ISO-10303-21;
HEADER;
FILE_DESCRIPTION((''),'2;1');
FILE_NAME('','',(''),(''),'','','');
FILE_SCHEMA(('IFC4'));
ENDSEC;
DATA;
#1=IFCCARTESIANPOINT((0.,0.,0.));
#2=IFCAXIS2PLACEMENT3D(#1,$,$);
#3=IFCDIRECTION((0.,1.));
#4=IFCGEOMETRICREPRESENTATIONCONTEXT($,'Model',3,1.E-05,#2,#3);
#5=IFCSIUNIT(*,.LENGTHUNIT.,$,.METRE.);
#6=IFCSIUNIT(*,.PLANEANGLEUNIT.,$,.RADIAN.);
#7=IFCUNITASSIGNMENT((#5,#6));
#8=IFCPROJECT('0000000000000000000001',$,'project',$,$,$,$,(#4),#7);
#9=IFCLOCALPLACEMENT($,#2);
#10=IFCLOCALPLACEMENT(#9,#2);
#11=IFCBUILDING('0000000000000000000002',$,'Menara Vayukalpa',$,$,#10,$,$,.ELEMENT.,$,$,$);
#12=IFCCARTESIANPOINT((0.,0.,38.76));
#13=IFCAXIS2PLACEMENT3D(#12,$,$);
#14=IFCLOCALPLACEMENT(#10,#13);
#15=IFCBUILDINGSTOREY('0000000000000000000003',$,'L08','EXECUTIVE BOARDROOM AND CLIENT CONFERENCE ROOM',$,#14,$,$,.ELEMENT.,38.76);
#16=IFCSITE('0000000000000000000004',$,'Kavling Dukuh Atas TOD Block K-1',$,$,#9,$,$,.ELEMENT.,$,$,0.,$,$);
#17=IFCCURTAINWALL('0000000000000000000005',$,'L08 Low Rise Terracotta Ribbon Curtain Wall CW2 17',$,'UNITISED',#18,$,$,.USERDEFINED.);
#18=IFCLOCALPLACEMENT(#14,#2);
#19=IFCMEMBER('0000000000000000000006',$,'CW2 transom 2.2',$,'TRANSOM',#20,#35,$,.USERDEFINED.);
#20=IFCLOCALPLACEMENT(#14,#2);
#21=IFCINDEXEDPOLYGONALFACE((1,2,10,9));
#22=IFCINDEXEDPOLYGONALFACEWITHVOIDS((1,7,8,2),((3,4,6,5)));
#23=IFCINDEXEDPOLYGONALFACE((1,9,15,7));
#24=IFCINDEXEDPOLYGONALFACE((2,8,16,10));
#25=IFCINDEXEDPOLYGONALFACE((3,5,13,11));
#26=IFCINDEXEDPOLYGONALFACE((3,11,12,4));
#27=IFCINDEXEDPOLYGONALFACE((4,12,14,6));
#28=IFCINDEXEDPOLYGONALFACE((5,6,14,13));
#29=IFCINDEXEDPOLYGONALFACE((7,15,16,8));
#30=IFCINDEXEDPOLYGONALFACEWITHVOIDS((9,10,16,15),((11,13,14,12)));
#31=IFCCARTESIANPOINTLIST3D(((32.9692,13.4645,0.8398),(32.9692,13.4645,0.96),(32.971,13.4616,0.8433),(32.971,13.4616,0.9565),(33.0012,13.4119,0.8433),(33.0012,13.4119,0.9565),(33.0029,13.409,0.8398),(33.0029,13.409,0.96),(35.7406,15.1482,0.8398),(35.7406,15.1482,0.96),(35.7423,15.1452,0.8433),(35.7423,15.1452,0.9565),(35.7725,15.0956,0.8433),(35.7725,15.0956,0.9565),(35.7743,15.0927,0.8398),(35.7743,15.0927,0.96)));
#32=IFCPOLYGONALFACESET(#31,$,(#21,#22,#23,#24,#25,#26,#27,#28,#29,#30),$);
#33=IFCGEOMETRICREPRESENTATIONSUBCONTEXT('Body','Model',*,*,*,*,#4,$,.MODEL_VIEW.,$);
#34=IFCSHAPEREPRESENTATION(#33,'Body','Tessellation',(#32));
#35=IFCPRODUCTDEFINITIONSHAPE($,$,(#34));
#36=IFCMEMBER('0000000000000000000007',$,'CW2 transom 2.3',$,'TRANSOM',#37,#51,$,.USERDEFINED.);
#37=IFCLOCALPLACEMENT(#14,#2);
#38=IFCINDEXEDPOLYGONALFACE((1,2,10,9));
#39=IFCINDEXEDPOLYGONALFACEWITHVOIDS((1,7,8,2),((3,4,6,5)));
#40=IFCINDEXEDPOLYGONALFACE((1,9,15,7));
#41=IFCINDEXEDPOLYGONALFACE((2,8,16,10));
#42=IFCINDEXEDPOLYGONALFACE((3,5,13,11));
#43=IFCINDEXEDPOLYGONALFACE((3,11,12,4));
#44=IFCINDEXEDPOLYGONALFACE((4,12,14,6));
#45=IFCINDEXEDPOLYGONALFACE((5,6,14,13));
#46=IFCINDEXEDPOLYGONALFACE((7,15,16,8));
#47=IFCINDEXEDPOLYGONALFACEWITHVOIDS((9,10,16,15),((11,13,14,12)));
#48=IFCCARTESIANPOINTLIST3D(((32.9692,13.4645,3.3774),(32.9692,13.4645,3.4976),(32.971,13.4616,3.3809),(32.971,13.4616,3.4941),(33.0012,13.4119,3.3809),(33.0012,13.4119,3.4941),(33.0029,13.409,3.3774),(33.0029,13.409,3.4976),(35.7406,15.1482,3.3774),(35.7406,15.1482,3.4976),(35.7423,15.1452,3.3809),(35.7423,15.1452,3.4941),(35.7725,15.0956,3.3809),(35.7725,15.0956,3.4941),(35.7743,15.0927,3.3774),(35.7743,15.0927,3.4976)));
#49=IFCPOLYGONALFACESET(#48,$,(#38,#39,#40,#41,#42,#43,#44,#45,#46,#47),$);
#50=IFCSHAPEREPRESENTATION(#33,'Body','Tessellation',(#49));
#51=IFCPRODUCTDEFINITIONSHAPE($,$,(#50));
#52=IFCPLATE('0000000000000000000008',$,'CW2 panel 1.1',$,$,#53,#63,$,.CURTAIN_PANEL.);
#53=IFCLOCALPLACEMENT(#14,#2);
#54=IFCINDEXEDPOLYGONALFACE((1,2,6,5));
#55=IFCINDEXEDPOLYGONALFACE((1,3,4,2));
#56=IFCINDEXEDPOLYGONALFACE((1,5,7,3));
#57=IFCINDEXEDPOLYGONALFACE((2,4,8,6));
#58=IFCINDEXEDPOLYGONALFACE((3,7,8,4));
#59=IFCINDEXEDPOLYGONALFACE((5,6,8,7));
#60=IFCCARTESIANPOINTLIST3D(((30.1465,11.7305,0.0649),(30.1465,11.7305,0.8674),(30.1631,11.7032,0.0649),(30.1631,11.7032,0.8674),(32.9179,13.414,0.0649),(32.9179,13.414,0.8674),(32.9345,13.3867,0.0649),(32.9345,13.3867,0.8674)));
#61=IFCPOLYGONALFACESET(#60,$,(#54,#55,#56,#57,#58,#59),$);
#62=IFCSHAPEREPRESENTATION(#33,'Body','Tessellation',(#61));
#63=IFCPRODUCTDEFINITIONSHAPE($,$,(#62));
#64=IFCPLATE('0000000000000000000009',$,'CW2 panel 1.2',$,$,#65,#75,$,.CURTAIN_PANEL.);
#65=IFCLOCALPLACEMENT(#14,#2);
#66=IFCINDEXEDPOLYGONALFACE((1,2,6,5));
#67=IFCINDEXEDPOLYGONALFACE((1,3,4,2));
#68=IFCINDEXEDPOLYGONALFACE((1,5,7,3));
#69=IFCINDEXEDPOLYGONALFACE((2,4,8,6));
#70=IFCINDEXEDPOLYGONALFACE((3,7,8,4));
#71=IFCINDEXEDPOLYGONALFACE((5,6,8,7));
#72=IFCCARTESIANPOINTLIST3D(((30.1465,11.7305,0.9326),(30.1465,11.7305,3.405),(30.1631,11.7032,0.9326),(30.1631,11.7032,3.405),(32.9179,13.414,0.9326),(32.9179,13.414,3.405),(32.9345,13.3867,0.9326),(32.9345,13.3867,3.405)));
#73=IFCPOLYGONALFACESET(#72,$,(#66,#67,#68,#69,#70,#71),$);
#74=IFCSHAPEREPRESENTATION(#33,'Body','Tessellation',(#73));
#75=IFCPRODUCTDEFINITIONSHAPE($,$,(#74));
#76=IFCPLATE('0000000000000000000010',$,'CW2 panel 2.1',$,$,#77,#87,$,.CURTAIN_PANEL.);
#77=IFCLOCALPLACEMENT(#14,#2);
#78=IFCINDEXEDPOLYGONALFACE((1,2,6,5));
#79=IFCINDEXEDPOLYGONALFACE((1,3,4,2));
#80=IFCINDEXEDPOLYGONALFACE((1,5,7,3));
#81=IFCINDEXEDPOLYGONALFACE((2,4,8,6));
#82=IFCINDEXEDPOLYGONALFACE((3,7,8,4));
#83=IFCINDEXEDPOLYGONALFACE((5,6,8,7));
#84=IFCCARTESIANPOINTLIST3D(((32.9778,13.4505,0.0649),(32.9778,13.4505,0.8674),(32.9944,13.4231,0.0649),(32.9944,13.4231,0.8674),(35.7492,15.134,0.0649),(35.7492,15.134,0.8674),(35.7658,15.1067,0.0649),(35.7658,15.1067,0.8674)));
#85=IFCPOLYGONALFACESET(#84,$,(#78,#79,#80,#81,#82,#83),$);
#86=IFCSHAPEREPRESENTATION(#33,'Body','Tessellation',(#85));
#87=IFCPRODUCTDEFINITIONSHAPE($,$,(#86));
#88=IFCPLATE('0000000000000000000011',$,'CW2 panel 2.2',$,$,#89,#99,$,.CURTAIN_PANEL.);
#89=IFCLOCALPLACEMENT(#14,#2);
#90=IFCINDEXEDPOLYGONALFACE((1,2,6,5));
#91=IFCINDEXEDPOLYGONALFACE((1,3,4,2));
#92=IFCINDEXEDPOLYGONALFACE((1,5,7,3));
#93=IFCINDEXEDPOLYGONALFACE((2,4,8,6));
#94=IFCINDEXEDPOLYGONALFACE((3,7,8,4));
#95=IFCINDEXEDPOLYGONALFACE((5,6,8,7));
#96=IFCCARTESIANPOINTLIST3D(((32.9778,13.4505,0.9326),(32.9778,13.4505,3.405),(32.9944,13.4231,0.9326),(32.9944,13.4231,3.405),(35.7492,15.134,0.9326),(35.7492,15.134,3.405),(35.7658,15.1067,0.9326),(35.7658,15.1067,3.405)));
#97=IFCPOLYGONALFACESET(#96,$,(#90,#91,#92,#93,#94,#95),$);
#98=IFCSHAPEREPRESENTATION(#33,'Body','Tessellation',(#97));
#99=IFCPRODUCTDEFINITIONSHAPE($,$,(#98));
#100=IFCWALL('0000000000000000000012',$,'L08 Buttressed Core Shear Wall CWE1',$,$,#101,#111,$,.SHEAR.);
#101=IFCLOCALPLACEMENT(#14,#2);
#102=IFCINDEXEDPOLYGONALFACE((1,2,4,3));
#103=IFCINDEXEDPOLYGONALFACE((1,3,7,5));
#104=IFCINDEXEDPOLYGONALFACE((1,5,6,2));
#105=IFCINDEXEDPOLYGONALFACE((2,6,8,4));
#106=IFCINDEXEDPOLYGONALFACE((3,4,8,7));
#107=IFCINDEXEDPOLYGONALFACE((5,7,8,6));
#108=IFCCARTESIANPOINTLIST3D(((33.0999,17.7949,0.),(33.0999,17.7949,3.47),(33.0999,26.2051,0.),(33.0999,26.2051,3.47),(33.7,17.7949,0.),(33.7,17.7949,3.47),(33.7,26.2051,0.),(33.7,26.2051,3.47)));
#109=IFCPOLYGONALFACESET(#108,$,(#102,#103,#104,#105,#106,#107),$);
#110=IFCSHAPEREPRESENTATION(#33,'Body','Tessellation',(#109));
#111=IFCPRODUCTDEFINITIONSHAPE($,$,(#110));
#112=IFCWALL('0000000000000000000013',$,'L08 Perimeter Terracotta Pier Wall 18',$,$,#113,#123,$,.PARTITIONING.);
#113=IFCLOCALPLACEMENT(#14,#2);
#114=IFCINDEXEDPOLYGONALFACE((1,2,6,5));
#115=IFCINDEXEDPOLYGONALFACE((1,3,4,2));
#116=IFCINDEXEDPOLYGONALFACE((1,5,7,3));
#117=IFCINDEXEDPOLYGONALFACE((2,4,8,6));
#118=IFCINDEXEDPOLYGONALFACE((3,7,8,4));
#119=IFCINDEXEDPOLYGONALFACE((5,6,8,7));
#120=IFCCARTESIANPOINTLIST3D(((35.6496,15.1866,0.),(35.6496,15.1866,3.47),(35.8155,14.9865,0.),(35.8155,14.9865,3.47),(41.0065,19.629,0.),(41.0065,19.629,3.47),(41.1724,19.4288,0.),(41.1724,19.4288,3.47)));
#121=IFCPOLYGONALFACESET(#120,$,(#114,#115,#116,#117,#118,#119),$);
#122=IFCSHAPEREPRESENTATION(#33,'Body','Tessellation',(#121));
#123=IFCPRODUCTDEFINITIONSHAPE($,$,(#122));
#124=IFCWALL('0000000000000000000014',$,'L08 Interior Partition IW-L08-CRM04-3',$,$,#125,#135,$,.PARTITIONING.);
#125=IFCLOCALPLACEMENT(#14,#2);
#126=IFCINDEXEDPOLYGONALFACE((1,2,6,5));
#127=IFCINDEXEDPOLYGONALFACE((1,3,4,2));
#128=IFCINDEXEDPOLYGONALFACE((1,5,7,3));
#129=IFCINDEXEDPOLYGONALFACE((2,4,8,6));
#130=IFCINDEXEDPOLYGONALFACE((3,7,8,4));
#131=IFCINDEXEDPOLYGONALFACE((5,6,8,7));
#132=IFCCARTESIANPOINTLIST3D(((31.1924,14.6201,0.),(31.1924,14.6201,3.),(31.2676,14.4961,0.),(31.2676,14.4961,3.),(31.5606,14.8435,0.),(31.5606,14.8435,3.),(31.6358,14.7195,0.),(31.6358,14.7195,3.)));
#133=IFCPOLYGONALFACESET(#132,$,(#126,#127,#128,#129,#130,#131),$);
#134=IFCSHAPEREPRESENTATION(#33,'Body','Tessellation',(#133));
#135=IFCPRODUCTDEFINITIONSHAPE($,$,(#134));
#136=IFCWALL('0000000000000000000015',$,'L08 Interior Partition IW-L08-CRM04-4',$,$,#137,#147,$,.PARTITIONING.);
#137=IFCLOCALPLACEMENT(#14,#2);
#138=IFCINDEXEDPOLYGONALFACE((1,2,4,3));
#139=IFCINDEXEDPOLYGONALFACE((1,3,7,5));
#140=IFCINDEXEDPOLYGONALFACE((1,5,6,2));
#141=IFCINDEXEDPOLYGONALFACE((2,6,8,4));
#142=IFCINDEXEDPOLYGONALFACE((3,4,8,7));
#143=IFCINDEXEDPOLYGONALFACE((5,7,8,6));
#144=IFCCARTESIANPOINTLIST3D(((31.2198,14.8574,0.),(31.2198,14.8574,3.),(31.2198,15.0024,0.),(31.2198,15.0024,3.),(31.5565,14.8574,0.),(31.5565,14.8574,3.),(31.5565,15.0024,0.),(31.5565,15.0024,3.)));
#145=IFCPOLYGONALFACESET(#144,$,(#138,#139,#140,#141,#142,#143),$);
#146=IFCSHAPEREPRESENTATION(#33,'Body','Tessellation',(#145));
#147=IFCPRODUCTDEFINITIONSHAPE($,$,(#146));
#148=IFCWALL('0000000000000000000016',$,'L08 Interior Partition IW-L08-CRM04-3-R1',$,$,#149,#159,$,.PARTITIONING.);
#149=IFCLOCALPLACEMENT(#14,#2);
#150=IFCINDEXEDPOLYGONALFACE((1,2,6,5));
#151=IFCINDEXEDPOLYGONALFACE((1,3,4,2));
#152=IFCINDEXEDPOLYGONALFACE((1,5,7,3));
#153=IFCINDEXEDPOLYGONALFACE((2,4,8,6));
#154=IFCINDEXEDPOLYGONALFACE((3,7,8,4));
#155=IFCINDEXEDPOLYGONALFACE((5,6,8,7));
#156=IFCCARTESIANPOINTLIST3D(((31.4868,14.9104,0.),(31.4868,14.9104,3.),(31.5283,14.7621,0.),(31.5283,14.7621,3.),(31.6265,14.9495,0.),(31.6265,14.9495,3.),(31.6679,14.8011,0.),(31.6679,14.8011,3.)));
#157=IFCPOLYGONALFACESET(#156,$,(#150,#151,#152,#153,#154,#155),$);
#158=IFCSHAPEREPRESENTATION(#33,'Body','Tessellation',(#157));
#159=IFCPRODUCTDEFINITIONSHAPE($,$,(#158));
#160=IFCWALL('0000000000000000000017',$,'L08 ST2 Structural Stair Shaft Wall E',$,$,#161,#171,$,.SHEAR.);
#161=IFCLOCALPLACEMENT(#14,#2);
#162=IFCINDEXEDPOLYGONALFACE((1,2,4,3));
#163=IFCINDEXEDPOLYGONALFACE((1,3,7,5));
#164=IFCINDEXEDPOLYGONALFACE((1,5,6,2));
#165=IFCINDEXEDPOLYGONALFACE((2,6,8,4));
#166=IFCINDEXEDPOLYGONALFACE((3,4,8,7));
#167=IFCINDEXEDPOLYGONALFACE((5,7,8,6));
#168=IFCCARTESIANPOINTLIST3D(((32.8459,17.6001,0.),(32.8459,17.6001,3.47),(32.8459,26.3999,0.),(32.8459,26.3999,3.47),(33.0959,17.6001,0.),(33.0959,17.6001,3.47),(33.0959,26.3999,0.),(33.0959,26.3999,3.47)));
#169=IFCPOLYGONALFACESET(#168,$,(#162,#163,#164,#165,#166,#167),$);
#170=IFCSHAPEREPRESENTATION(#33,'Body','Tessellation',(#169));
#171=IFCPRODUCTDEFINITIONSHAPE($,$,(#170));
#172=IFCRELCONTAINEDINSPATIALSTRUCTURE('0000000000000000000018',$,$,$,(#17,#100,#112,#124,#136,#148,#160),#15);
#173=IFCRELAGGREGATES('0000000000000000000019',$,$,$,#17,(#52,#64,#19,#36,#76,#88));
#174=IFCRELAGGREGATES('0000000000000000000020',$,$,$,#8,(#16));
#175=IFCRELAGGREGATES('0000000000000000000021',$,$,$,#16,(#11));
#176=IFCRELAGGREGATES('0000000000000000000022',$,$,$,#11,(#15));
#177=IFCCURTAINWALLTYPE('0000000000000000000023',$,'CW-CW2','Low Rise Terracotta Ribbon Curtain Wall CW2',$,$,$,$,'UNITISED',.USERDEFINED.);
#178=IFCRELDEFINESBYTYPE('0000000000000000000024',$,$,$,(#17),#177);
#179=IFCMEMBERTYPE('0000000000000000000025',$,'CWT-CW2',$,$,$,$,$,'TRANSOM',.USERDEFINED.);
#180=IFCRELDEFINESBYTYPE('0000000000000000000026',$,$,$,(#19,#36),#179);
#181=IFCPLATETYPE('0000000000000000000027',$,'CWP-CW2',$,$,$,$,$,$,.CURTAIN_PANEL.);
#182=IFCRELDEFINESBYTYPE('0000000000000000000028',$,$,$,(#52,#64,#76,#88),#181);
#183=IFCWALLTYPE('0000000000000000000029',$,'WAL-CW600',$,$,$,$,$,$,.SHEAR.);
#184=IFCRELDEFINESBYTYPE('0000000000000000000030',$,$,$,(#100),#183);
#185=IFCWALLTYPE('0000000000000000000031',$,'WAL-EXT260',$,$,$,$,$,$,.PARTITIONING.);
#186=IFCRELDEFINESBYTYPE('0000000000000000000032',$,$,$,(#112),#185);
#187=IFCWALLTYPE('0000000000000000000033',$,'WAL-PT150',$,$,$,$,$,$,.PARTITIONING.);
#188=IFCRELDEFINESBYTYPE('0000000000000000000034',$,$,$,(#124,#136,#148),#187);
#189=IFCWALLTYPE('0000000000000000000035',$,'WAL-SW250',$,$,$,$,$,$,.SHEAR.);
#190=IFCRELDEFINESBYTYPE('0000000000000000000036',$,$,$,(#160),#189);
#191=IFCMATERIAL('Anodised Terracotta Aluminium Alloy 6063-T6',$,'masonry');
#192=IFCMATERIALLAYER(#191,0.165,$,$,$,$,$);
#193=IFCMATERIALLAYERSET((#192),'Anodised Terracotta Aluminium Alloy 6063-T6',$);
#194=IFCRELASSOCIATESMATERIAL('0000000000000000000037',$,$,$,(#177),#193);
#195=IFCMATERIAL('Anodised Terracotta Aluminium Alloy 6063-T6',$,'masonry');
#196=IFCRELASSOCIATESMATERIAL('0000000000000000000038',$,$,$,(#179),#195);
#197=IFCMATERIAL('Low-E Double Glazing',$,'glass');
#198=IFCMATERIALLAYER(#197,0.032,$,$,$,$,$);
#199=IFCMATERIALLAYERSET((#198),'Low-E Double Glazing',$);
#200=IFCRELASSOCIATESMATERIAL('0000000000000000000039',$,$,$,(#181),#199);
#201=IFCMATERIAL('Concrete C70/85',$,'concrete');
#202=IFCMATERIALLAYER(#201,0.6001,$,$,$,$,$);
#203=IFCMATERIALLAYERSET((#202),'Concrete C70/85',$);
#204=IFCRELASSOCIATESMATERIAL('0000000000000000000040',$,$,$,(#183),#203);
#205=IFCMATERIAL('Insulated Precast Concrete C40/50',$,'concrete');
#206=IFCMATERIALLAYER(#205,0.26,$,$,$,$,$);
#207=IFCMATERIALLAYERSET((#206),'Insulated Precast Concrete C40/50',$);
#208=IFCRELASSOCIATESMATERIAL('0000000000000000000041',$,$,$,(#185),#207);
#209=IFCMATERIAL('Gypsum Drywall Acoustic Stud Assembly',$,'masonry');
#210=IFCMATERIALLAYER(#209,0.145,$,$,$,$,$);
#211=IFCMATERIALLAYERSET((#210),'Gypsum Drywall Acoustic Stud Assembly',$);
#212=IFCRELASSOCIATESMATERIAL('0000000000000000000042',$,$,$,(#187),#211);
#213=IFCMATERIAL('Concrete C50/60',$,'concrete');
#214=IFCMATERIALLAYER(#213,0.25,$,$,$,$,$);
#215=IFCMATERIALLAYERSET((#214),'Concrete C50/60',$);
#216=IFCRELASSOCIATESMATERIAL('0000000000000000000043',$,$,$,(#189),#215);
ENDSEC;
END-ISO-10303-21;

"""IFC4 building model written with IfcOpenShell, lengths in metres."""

from ifc_helpers import new_model, si_unit, direction, frame, frame_2d, origin, origin_2d, place, context, subcontext, project, spatial, rectangle, hollow_rectangle, extrude, material, layer, layer_set, material_profile, profile_set, type_object, element, aggregate, save


model = new_model("IFC4")

# Units and contexts
model_context = context("Model", 3, precision=1e-05, world=origin(), true_north=direction((0.0, 1.0)))
body_context = subcontext(model_context, "Body", "Model", "MODEL_VIEW")
ifc_project = project(units=[si_unit("LENGTHUNIT", "METRE"), si_unit("PLANEANGLEUNIT", "RADIAN")], contexts=[model_context])

# Site, building, storey
site_placement = place(None, origin())
site = spatial("IfcSite", under=ifc_project, at=site_placement, Name="Kavling Dukuh Atas TOD Block K-1", CompositionType="ELEMENT", RefElevation=0.0)
building_placement = place(site_placement, origin())
building = spatial("IfcBuilding", under=site, at=building_placement, Name="Menara Vayukalpa", CompositionType="ELEMENT")
storey_placement = place(building_placement, frame((0.0, 0.0, 38.76)))
storey = spatial("IfcBuildingStorey", under=building, at=storey_placement, Name="L08", Description="EXECUTIVE BOARDROOM AND CLIENT CONFERENCE ROOM", CompositionType="ELEMENT", Elevation=38.76)

# Curtain wall, members, plates
ifc_material_1 = material(Name="Anodised Terracotta Aluminium Alloy 6063-T6", Category="masonry")
ifc_layer_1 = layer(ifc_material_1, 0.165)
ifc_layer_set_1 = layer_set([ifc_layer_1], Name="Anodised Terracotta Aluminium Alloy 6063-T6")
curtain_wall_type = type_object("IfcCurtainWallType", Name="CW-CW2", Description="Low Rise Terracotta Ribbon Curtain Wall CW2", ElementType="UNITISED", PredefinedType="USERDEFINED", material=ifc_layer_set_1)
curtain_wall_placement = place(storey_placement, origin())
curtain_wall = element("IfcCurtainWall", 1, at=curtain_wall_placement, inside=storey, type_object=curtain_wall_type, Name="L08 Low Rise Terracotta Ribbon Curtain Wall CW2 17", ObjectType="UNITISED", PredefinedType="USERDEFINED")
ifc_material_2 = material(Name="Anodised Terracotta Aluminium Alloy 6063-T6", Category="masonry")
ifc_material_profile_1 = material_profile(ifc_material_2, hollow_rectangle(XDim=0.0649, YDim=0.1201, WallThickness=0.0034, at=origin_2d()), Name="ALU 65x120x3.5")
ifc_profile_set_1 = profile_set([ifc_material_profile_1], Name="Anodised Terracotta Aluminium Alloy 6063-T6")
member_type_1 = type_object("IfcMemberType", Name="CWT-CW2", ElementType="TRANSOM", PredefinedType="USERDEFINED", material=ifc_profile_set_1)
member_1_placement = place(storey_placement, frame((32.9861, 13.4368, 0.8999), z_axis=(0.854643, 0.519216, 0.0), x_axis=(-0.519216, 0.854643, 0.0)))
member_1 = element("IfcMember", 2, at=member_1_placement, type_object=member_type_1, Name="CW2 transom 2.2", ObjectType="TRANSOM", PredefinedType="USERDEFINED", context=body_context, shape_type="SweptSolid", body=[
    extrude(hollow_rectangle(XDim=0.0649, YDim=0.1201, WallThickness=0.0034, at=origin_2d()), origin(), (0.0, 0.0, 1.0), 3.2427),
])
member_2_placement = place(storey_placement, frame((32.9861, 13.4368, 3.4375), z_axis=(0.854643, 0.519216, 0.0), x_axis=(-0.519216, 0.854643, 0.0)))
member_2 = element("IfcMember", 3, at=member_2_placement, type_object=member_type_1, Name="CW2 transom 2.3", ObjectType="TRANSOM", PredefinedType="USERDEFINED", context=body_context, shape_type="SweptSolid", body=[
    extrude(hollow_rectangle(XDim=0.0649, YDim=0.1201, WallThickness=0.0034, at=origin_2d()), origin(), (0.0, 0.0, 1.0), 3.2427),
])
ifc_material_3 = material(Name="Low-E Double Glazing", Category="glass")
ifc_layer_2 = layer(ifc_material_3, 0.032)
ifc_layer_set_2 = layer_set([ifc_layer_2], Name="Low-E Double Glazing")
plate_type = type_object("IfcPlateType", Name="CWP-CW2", PredefinedType="CURTAIN_PANEL", material=ifc_layer_set_2)
plate_1_placement = place(storey_placement, frame((31.5405, 12.5586, 0.0649), z_axis=(0.0, 0.0, 1.0), x_axis=(0.854664, 0.519182, 0.0)))
plate_1 = element("IfcPlate", 4, at=plate_1_placement, type_object=plate_type, Name="CW2 panel 1.1", PredefinedType="CURTAIN_PANEL", context=body_context, shape_type="SweptSolid", body=[
    extrude(rectangle(XDim=3.2427, YDim=0.032, at=origin_2d()), origin(), (0.0, 0.0, 1.0), 0.8025),
])
plate_2_placement = place(storey_placement, frame((31.5405, 12.5586, 0.9326), z_axis=(0.0, 0.0, 1.0), x_axis=(0.854664, 0.519182, 0.0)))
plate_2 = element("IfcPlate", 5, at=plate_2_placement, type_object=plate_type, Name="CW2 panel 1.2", PredefinedType="CURTAIN_PANEL", context=body_context, shape_type="SweptSolid", body=[
    extrude(rectangle(XDim=3.2427, YDim=0.032, at=origin_2d()), origin(), (0.0, 0.0, 1.0), 2.4724),
])
plate_3_placement = place(storey_placement, frame((34.3718, 14.2786, 0.0649), z_axis=(0.0, 0.0, 1.0), x_axis=(0.854664, 0.519182, 0.0)))
plate_3 = element("IfcPlate", 6, at=plate_3_placement, type_object=plate_type, Name="CW2 panel 2.1", PredefinedType="CURTAIN_PANEL", context=body_context, shape_type="SweptSolid", body=[
    extrude(rectangle(XDim=3.2427, YDim=0.032, at=origin_2d()), origin(), (0.0, 0.0, 1.0), 0.8025),
])
plate_4_placement = place(storey_placement, frame((34.3718, 14.2786, 0.9326), z_axis=(0.0, 0.0, 1.0), x_axis=(0.854664, 0.519182, 0.0)))
plate_4 = element("IfcPlate", 7, at=plate_4_placement, type_object=plate_type, Name="CW2 panel 2.2", PredefinedType="CURTAIN_PANEL", context=body_context, shape_type="SweptSolid", body=[
    extrude(rectangle(XDim=3.2427, YDim=0.032, at=origin_2d()), origin(), (0.0, 0.0, 1.0), 2.4724),
])
aggregate(curtain_wall, [plate_1, plate_2, member_1, member_2, plate_3, plate_4])

# Walls
ifc_material_4 = material(Name="Concrete C70/85", Category="concrete")
ifc_layer_3 = layer(ifc_material_4, 0.6001)
ifc_layer_set_3 = layer_set([ifc_layer_3], Name="Concrete C70/85")
wall_type_1 = type_object("IfcWallType", Name="WAL-CW600", PredefinedType="SHEAR", material=ifc_layer_set_3)
wall_1_placement = place(storey_placement, frame((33.3999, 17.7949, 0.0), z_axis=(0.0, 0.0, 1.0), x_axis=(0.0, 1.0, 0.0)))
element("IfcWall", 8, at=wall_1_placement, inside=storey, type_object=wall_type_1, Name="L08 Buttressed Core Shear Wall CWE1", PredefinedType="SHEAR", context=body_context, shape_type="SweptSolid", body=[
    extrude(rectangle(XDim=8.4102, YDim=0.6001, at=frame_2d((4.2051, 0.0))), origin(), (0.0, 0.0, 1.0), 3.47),
])
ifc_material_5 = material(Name="Insulated Precast Concrete C40/50", Category="concrete")
ifc_layer_4 = layer(ifc_material_5, 0.26)
ifc_layer_set_4 = layer_set([ifc_layer_4], Name="Insulated Precast Concrete C40/50")
wall_type_2 = type_object("IfcWallType", Name="WAL-EXT260", PredefinedType="PARTITIONING", material=ifc_layer_set_4)
wall_2_placement = place(storey_placement, frame((41.0894, 19.5288, 0.0), z_axis=(0.0, 0.0, 1.0), x_axis=(-0.769755, -0.63834, 0.0)))
element("IfcWall", 9, at=wall_2_placement, inside=storey, type_object=wall_type_2, Name="L08 Perimeter Terracotta Pier Wall 18", PredefinedType="PARTITIONING", context=body_context, shape_type="SweptSolid", body=[
    extrude(rectangle(XDim=6.9592, YDim=0.26, at=frame_2d((3.4795, 0.0))), origin(), (0.0, 0.0, 1.0), 3.47),
])
ifc_material_6 = material(Name="Gypsum Drywall Acoustic Stud Assembly", Category="masonry")
ifc_layer_5 = layer(ifc_material_6, 0.145)
ifc_layer_set_5 = layer_set([ifc_layer_5], Name="Gypsum Drywall Acoustic Stud Assembly")
wall_type_3 = type_object("IfcWallType", Name="WAL-PT150", PredefinedType="PARTITIONING", material=ifc_layer_set_5)
wall_3_placement = place(storey_placement, frame((31.23, 14.5581, 0.0), z_axis=(0.0, 0.0, 1.0), x_axis=(0.854931, 0.518741, 0.0)))
element("IfcWall", 10, at=wall_3_placement, inside=storey, type_object=wall_type_3, Name="L08 Interior Partition IW-L08-CRM04-3", PredefinedType="PARTITIONING", context=body_context, shape_type="SweptSolid", body=[
    extrude(rectangle(XDim=0.4307, YDim=0.145, at=frame_2d((0.2153, 0.0))), origin(), (0.0, 0.0, 1.0), 3.0),
])
wall_4_placement = place(storey_placement, frame((31.5566, 14.9299, 0.0), z_axis=(0.0, 0.0, 1.0), x_axis=(-1.0, 0.0, 0.0)))
element("IfcWall", 11, at=wall_4_placement, inside=storey, type_object=wall_type_3, Name="L08 Interior Partition IW-L08-CRM04-4", PredefinedType="PARTITIONING", context=body_context, shape_type="SweptSolid", body=[
    extrude(rectangle(XDim=0.3367, YDim=0.145, at=frame_2d((0.1685, 0.0))), origin(), (0.0, 0.0, 1.0), 3.0),
])
wall_5_placement = place(storey_placement, frame((31.5981, 14.7815, 0.0), z_axis=(0.0, 0.0, 1.0), x_axis=(-0.269277, 0.963063, 0.0)))
element("IfcWall", 12, at=wall_5_placement, inside=storey, type_object=wall_type_3, Name="L08 Interior Partition IW-L08-CRM04-3-R1", PredefinedType="PARTITIONING", context=body_context, shape_type="SweptSolid", body=[
    extrude(rectangle(XDim=0.1541, YDim=0.145, at=frame_2d((0.0771, 0.0))), origin(), (0.0, 0.0, 1.0), 3.0),
])
ifc_material_7 = material(Name="Concrete C50/60", Category="concrete")
ifc_layer_6 = layer(ifc_material_7, 0.25)
ifc_layer_set_6 = layer_set([ifc_layer_6], Name="Concrete C50/60")
wall_type_4 = type_object("IfcWallType", Name="WAL-SW250", PredefinedType="SHEAR", material=ifc_layer_set_6)
wall_6_placement = place(storey_placement, frame((32.9709, 17.6001, 0.0), z_axis=(0.0, 0.0, 1.0), x_axis=(0.0, 1.0, 0.0)))
element("IfcWall", 13, at=wall_6_placement, inside=storey, type_object=wall_type_4, Name="L08 ST2 Structural Stair Shaft Wall E", PredefinedType="SHEAR", context=body_context, shape_type="SweptSolid", body=[
    extrude(rectangle(XDim=8.7998, YDim=0.25, at=frame_2d((4.3999, 0.0))), origin(), (0.0, 0.0, 1.0), 3.47),
])

save(model, "model.ifc")
